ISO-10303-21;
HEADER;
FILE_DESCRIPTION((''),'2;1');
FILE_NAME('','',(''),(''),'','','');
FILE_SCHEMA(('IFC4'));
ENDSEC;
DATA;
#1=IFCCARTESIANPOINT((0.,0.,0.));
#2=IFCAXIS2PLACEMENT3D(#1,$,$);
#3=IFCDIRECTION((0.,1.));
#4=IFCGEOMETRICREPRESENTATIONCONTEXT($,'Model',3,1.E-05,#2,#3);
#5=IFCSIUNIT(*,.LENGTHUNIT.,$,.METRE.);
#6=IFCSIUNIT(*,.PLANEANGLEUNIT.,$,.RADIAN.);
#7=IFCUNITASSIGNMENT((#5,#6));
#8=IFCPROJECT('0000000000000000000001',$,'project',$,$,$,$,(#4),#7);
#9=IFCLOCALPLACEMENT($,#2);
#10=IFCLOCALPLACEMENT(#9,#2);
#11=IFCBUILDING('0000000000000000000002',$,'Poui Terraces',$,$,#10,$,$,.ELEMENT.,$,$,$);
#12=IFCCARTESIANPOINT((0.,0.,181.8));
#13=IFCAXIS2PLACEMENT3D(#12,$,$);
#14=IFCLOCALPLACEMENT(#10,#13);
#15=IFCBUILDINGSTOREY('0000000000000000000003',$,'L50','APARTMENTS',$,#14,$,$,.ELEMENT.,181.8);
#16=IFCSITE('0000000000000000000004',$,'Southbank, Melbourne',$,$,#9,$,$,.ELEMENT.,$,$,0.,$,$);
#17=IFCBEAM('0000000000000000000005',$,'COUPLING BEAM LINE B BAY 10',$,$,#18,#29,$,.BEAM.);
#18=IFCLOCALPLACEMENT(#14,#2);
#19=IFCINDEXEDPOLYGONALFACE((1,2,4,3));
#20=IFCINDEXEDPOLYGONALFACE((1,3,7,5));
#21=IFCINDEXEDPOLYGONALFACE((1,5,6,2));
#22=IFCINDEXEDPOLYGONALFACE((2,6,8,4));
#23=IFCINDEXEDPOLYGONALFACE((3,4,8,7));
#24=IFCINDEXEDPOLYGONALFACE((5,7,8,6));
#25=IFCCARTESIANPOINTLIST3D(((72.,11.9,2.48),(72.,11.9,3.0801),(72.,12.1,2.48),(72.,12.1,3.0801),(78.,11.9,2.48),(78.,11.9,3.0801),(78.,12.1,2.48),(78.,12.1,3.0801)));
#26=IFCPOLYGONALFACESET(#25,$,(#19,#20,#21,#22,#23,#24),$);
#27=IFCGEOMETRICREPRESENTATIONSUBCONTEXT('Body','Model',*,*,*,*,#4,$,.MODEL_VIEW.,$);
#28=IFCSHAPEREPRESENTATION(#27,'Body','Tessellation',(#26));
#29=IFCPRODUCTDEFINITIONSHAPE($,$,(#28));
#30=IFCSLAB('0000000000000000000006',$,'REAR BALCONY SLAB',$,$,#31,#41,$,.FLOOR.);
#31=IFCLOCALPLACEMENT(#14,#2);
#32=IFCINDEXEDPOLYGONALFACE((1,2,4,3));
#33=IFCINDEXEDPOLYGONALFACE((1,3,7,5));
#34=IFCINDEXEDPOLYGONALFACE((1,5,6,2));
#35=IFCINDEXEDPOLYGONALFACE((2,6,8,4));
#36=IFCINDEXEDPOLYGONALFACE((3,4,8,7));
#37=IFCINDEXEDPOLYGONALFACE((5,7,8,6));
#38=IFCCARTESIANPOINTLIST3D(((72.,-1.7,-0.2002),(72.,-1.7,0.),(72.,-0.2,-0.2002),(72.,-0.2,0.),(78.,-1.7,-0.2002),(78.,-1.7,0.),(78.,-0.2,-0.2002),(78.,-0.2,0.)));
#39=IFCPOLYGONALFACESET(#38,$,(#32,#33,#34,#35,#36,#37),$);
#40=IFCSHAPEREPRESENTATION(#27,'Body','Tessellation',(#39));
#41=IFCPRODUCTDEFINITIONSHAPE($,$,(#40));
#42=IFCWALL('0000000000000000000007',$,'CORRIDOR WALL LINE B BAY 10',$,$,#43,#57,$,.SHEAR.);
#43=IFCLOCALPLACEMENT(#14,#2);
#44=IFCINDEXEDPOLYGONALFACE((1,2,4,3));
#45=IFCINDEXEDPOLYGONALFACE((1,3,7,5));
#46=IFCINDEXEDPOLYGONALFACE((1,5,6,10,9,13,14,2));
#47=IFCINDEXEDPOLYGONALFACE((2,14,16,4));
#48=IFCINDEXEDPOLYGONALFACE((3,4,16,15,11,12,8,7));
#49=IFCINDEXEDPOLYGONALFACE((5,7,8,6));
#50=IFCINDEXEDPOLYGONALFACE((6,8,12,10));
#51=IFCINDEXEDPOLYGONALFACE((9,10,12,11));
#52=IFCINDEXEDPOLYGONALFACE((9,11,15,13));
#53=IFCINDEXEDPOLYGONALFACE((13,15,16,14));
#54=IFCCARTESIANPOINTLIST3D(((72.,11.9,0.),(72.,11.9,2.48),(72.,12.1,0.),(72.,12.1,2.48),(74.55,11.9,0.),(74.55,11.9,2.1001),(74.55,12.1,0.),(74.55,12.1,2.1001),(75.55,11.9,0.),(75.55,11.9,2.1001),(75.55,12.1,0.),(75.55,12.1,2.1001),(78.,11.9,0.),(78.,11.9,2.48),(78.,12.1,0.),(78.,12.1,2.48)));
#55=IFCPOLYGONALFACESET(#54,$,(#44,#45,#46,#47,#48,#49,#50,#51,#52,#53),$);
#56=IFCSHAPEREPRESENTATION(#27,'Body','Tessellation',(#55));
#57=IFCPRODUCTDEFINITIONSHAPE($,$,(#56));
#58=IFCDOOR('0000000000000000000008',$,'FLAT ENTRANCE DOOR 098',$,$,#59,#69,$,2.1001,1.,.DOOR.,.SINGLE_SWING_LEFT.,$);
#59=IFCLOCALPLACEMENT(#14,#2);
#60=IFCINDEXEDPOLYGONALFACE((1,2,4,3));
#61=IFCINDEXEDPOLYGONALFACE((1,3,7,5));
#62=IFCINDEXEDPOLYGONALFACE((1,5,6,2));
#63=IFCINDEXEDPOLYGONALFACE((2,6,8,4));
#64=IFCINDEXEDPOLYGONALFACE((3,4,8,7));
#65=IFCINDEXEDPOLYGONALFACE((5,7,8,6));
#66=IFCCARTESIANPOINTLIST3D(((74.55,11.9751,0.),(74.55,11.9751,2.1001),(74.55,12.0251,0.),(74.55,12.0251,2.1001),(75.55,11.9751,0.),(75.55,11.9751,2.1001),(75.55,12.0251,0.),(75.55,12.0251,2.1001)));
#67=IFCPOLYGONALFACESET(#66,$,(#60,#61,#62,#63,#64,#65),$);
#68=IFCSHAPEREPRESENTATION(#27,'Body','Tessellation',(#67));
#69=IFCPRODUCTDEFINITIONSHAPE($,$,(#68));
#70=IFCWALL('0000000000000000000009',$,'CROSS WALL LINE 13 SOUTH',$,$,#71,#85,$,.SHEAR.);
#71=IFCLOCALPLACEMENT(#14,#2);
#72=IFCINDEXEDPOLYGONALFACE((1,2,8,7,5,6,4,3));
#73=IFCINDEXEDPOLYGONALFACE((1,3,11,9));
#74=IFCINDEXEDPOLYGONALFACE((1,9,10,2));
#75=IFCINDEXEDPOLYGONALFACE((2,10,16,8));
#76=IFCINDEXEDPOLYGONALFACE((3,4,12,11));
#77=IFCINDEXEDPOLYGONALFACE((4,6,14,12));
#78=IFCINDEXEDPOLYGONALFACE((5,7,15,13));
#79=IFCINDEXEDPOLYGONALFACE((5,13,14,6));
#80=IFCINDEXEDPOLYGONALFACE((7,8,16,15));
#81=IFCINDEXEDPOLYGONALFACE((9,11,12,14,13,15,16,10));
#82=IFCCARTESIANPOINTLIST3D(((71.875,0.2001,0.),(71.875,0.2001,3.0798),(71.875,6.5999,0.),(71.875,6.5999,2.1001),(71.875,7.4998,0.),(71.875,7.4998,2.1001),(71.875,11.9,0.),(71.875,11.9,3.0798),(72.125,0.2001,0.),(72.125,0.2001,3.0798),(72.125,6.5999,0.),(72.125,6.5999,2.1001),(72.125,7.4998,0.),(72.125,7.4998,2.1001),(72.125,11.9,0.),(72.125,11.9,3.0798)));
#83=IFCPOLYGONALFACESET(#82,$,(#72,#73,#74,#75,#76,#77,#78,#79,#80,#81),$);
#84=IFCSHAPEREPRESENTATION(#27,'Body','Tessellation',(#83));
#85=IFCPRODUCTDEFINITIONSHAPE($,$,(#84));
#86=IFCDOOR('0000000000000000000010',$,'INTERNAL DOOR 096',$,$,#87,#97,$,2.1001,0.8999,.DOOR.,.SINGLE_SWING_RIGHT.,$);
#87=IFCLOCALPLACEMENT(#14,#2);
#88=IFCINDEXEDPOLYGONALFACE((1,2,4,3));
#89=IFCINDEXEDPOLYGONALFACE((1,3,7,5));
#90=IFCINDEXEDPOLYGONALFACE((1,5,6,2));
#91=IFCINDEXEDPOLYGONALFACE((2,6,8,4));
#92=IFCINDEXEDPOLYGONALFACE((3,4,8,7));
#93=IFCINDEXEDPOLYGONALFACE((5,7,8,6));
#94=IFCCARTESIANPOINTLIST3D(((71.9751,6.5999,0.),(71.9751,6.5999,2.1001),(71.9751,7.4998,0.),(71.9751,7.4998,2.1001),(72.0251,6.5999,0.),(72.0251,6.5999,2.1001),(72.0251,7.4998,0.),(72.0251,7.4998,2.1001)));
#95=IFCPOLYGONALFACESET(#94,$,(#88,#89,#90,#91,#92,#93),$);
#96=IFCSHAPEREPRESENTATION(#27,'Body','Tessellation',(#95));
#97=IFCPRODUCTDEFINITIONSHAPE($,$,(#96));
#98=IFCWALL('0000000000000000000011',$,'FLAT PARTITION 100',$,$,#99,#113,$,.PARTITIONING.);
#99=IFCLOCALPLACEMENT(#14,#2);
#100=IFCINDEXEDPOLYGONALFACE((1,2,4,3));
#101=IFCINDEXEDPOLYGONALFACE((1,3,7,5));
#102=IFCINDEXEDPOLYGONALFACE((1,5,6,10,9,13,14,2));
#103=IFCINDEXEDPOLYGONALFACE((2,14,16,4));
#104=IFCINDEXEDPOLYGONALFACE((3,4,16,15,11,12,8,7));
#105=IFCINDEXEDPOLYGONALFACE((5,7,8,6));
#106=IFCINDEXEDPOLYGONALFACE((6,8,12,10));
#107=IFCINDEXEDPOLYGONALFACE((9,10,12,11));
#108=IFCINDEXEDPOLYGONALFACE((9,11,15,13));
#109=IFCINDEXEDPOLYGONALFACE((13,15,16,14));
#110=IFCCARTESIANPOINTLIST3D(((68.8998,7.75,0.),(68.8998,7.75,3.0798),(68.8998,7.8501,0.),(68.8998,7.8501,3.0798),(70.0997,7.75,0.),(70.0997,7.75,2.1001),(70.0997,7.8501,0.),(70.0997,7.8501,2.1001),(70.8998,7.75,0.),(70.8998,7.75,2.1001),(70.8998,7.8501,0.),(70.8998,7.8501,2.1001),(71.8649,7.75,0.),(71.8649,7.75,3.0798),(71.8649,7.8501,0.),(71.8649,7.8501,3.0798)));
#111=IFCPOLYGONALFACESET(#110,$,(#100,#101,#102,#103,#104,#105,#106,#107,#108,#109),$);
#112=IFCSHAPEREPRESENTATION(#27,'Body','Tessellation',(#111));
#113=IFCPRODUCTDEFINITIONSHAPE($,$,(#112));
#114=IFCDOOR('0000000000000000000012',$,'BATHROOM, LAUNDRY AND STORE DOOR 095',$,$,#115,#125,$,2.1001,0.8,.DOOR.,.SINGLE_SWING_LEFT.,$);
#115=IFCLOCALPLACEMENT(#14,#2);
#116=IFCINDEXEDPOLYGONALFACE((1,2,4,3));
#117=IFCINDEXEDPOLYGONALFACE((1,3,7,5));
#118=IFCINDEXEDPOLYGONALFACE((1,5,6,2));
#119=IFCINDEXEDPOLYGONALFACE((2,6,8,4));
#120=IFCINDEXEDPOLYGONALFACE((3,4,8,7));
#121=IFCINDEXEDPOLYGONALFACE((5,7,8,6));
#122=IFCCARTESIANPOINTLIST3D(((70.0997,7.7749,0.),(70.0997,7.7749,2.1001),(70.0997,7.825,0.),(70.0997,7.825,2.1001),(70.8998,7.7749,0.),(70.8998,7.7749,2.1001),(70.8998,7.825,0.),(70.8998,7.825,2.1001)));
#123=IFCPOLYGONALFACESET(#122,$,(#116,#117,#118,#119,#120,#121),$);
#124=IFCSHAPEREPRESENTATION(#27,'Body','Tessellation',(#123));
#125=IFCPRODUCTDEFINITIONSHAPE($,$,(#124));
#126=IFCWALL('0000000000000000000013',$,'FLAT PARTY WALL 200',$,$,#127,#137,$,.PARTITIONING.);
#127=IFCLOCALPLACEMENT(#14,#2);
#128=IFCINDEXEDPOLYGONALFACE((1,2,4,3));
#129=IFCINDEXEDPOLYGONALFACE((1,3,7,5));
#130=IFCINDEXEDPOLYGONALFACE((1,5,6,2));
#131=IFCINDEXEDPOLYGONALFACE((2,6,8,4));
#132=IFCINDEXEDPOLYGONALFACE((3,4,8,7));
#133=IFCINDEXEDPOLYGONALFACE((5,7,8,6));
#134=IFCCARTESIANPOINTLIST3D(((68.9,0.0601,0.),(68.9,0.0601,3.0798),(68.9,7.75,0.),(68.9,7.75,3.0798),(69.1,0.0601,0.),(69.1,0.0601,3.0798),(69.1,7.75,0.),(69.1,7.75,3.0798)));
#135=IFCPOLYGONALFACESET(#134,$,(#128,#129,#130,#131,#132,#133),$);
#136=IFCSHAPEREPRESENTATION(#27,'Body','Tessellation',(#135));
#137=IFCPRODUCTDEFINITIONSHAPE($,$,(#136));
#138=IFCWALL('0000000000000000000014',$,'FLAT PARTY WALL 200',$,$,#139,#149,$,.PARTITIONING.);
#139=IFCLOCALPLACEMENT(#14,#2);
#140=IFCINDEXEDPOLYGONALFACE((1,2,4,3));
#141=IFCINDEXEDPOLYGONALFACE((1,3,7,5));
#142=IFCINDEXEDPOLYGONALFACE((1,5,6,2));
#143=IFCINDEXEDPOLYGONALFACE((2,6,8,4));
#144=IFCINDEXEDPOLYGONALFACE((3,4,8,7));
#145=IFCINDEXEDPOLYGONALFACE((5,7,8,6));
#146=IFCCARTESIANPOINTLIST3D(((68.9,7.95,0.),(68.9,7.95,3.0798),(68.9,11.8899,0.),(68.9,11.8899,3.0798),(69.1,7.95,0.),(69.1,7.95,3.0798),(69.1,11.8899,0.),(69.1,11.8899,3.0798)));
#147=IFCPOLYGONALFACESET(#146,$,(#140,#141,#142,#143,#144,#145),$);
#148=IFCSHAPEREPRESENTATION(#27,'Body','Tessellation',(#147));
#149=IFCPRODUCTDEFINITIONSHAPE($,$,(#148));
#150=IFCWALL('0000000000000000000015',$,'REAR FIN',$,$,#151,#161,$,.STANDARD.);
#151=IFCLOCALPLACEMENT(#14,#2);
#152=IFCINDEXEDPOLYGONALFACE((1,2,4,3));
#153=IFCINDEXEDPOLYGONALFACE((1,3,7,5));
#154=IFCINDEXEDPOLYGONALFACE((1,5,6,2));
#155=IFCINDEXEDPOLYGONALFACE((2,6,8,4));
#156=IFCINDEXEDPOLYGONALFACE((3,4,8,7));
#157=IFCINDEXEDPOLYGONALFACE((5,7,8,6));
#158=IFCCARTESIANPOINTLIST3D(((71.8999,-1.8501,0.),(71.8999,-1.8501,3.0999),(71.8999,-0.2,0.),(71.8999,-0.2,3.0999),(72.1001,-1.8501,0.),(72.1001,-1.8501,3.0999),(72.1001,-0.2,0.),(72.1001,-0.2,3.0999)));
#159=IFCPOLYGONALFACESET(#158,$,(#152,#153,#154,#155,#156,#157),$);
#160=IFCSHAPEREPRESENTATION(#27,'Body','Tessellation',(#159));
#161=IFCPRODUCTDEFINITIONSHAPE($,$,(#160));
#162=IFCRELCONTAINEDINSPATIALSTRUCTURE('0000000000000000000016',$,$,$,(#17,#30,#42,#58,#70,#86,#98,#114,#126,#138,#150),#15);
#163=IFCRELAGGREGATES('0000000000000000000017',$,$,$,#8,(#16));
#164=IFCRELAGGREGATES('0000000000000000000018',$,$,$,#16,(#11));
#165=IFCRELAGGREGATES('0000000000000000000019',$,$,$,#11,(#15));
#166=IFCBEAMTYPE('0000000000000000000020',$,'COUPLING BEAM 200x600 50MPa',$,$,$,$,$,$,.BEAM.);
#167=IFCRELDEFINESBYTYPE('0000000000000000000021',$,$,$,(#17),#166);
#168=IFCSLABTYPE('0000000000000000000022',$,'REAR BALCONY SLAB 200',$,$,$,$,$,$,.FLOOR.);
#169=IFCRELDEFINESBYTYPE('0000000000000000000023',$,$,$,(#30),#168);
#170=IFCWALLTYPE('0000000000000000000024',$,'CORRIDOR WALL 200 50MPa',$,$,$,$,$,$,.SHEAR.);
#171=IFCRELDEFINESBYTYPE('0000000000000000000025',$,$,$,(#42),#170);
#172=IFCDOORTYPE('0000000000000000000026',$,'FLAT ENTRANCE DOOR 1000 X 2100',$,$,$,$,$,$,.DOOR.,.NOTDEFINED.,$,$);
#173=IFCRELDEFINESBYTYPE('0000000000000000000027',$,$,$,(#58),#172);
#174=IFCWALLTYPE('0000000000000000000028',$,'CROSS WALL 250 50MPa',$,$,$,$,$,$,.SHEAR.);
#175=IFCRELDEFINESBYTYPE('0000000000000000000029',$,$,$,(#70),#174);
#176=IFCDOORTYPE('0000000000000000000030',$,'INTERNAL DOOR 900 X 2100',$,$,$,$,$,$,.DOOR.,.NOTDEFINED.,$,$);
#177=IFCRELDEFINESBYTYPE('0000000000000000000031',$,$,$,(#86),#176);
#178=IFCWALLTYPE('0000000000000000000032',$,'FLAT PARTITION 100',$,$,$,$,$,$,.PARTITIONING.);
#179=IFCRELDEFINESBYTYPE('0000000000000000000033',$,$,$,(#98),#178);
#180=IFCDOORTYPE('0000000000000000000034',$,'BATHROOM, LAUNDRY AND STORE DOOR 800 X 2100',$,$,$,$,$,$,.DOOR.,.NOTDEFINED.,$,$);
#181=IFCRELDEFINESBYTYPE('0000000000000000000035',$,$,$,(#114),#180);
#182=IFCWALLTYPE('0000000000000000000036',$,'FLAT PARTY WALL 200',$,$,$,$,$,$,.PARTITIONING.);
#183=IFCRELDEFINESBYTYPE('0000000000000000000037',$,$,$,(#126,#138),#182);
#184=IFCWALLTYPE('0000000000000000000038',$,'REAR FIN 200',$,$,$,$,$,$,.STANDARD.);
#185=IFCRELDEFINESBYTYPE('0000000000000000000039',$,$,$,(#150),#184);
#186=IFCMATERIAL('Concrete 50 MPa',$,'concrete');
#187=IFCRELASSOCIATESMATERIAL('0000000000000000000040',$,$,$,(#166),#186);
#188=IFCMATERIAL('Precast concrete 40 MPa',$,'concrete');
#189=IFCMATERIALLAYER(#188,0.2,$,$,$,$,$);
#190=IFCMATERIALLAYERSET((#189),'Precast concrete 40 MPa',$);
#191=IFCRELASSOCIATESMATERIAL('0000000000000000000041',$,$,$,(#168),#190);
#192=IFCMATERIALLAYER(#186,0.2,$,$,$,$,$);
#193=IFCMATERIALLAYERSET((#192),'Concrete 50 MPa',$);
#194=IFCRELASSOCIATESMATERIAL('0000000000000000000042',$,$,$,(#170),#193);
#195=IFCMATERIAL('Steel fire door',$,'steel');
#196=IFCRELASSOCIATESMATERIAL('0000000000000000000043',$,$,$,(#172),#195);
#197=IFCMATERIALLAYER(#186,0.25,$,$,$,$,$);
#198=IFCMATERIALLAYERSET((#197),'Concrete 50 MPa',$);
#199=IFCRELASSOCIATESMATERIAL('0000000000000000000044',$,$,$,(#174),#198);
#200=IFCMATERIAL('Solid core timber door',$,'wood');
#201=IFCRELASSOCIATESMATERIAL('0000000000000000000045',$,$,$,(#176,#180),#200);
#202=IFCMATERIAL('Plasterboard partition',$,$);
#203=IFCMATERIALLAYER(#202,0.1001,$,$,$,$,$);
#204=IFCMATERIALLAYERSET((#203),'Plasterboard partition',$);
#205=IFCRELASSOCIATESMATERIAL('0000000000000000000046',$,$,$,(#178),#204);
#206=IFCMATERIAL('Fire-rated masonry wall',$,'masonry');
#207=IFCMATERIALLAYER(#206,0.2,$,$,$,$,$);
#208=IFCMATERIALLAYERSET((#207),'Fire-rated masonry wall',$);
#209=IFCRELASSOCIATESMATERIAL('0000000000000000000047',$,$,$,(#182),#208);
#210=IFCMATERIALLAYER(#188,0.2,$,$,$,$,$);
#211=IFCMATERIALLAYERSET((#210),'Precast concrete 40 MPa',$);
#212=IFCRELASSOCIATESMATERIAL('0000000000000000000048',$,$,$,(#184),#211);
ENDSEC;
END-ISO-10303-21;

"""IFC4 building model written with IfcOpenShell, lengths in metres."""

from ifc_helpers import new_model, si_unit, direction, frame, frame_2d, origin, origin_2d, place, context, subcontext, project, spatial, polyline, rectangle, outline, extrude, source, transform, mapped, material, layer, layer_set, material_profile, profile_set, type_object, element, fill, save


model = new_model("IFC4")

# Units and contexts
model_context = context("Model", 3, precision=1e-05, world=origin(), true_north=direction((0.0, 1.0)))
body_context = subcontext(model_context, "Body", "Model", "MODEL_VIEW")
ifc_project = project(units=[si_unit("LENGTHUNIT", "METRE"), si_unit("PLANEANGLEUNIT", "RADIAN")], contexts=[model_context])

# Site, building, storey
site_placement = place(None, origin())
site = spatial("IfcSite", under=ifc_project, at=site_placement, Name="Southbank, Melbourne", CompositionType="ELEMENT", RefElevation=0.0)
building_placement = place(site_placement, origin())
building = spatial("IfcBuilding", under=site, at=building_placement, Name="Poui Terraces", CompositionType="ELEMENT")
storey_placement = place(building_placement, frame((0.0, 0.0, 181.8)))
storey = spatial("IfcBuildingStorey", under=building, at=storey_placement, Name="L50", Description="APARTMENTS", CompositionType="ELEMENT", Elevation=181.8)

# Beam
ifc_material_1 = material(Name="Concrete 50 MPa", Category="concrete")
ifc_material_profile = material_profile(ifc_material_1, rectangle(XDim=0.2, YDim=0.6001, at=origin_2d()), Name="RC 200x600")
ifc_profile_set = profile_set([ifc_material_profile], Name="Concrete 50 MPa")
beam_type = type_object("IfcBeamType", Name="COUPLING BEAM 200x600 50MPa", PredefinedType="BEAM", material=ifc_profile_set)
shared_shape_1 = source(origin(), body_context, "Body", "SweptSolid", [
    extrude(rectangle(XDim=0.2, YDim=0.6001, at=origin_2d()), origin(), (0.0, 0.0, 1.0), 6.0),
])
beam_placement = place(storey_placement, frame((72.0, 12.0, 2.78), z_axis=(1.0, 0.0, 0.0), x_axis=(0.0, 1.0, 0.0)))
element("IfcBeam", 1, at=beam_placement, inside=storey, type_object=beam_type, Name="COUPLING BEAM LINE B BAY 10", PredefinedType="BEAM", context=body_context, shape_type="MappedRepresentation", body=[
    mapped(shared_shape_1, transform((0.0, 0.0, 0.0))),
])

# Slab
ifc_material_2 = material(Name="Precast concrete 40 MPa", Category="concrete")
ifc_layer_1 = layer(ifc_material_2, 0.2)
ifc_layer_set_1 = layer_set([ifc_layer_1], Name="Precast concrete 40 MPa")
slab_type = type_object("IfcSlabType", Name="REAR BALCONY SLAB 200", PredefinedType="FLOOR", material=ifc_layer_set_1)
shared_shape_2 = source(origin(), body_context, "Body", "SweptSolid", [
    extrude(outline(polyline([(0.0, 0.0), (6.0, 0.0), (6.0, 1.5), (0.0, 1.5), (0.0, 0.0)])), origin(), (0.0, 0.0, 1.0), 0.2002),
])
slab_placement = place(storey_placement, frame((72.0, -1.7, -0.2002)))
element("IfcSlab", 2, at=slab_placement, inside=storey, type_object=slab_type, Name="REAR BALCONY SLAB", PredefinedType="FLOOR", context=body_context, shape_type="MappedRepresentation", body=[
    mapped(shared_shape_2, transform((0.0, 0.0, 0.0))),
])

# Walls, openings, doors
ifc_layer_2 = layer(ifc_material_1, 0.2)
ifc_layer_set_2 = layer_set([ifc_layer_2], Name="Concrete 50 MPa")
wall_type_1 = type_object("IfcWallType", Name="CORRIDOR WALL 200 50MPa", PredefinedType="SHEAR", material=ifc_layer_set_2)
wall_1_placement = place(storey_placement, frame((72.0, 12.0, 0.0), z_axis=(0.0, 0.0, 1.0), x_axis=(1.0, 0.0, 0.0)))
wall_1 = element("IfcWall", 3, at=wall_1_placement, inside=storey, type_object=wall_type_1, Name="CORRIDOR WALL LINE B BAY 10", PredefinedType="SHEAR", context=body_context, shape_type="SweptSolid", body=[
    extrude(rectangle(XDim=6.0, YDim=0.2, at=frame_2d((3.0, 0.0))), origin(), (0.0, 0.0, 1.0), 2.48),
])
opening_1_placement = place(wall_1_placement, frame((2.55, 0.0, 0.0)))
opening_1 = element("IfcOpeningElement", 4, at=opening_1_placement, cuts=wall_1, PredefinedType="OPENING", context=body_context, shape_type="SweptSolid", body=[
    extrude(rectangle(XDim=1.0, YDim=2.1001, at=frame_2d((0.5, 1.05))), frame((0.0, 0.1099, 0.0), z_axis=(0.0, -1.0, 0.0), x_axis=(1.0, 0.0, 0.0)), (0.0, 0.0, 1.0), 0.22),
])
ifc_material_3 = material(Name="Steel fire door", Category="steel")
door_type_1 = type_object("IfcDoorType", Name="FLAT ENTRANCE DOOR 1000 X 2100", OperationType="NOTDEFINED", PredefinedType="DOOR", material=ifc_material_3)
door_1_placement = place(opening_1_placement, frame((1.0, 0.0, 0.0), z_axis=(0.0, 0.0, 1.0), x_axis=(-1.0, 0.0, 0.0)))
door_1 = element("IfcDoor", 5, at=door_1_placement, inside=storey, type_object=door_type_1, Name="FLAT ENTRANCE DOOR 098", OperationType="SINGLE_SWING_LEFT", OverallHeight=2.1001, OverallWidth=1.0, PredefinedType="DOOR", context=body_context, shape_type="SweptSolid", body=[
    extrude(rectangle(XDim=1.0, YDim=2.1001, at=frame_2d((0.5, 1.05))), frame((0.0, 0.0249, 0.0), z_axis=(0.0, -1.0, 0.0), x_axis=(1.0, 0.0, 0.0)), (0.0, 0.0, 1.0), 0.05),
])
fill(opening_1, door_1)
ifc_layer_3 = layer(ifc_material_1, 0.25)
ifc_layer_set_3 = layer_set([ifc_layer_3], Name="Concrete 50 MPa")
wall_type_2 = type_object("IfcWallType", Name="CROSS WALL 250 50MPa", PredefinedType="SHEAR", material=ifc_layer_set_3)
wall_2_placement = place(storey_placement, frame((72.0, 0.2, 0.0), z_axis=(0.0, 0.0, 1.0), x_axis=(0.0, 1.0, 0.0)))
wall_2 = element("IfcWall", 6, at=wall_2_placement, inside=storey, type_object=wall_type_2, Name="CROSS WALL LINE 13 SOUTH", PredefinedType="SHEAR", context=body_context, shape_type="SweptSolid", body=[
    extrude(rectangle(XDim=11.7, YDim=0.25, at=frame_2d((5.8501, 0.0))), origin(), (0.0, 0.0, 1.0), 3.0798),
])
opening_2_placement = place(wall_2_placement, frame((6.3999, 0.0, 0.0)))
opening_2 = element("IfcOpeningElement", 7, at=opening_2_placement, cuts=wall_2, PredefinedType="OPENING", context=body_context, shape_type="SweptSolid", body=[
    extrude(rectangle(XDim=0.8999, YDim=2.1001, at=frame_2d((0.45, 1.05))), frame((0.0, 0.135, 0.0), z_axis=(0.0, -1.0, 0.0), x_axis=(1.0, 0.0, 0.0)), (0.0, 0.0, 1.0), 0.27),
])
ifc_material_4 = material(Name="Solid core timber door", Category="wood")
door_type_2 = type_object("IfcDoorType", Name="INTERNAL DOOR 900 X 2100", OperationType="NOTDEFINED", PredefinedType="DOOR", material=ifc_material_4)
door_2_placement = place(opening_2_placement, origin())
door_2 = element("IfcDoor", 8, at=door_2_placement, inside=storey, type_object=door_type_2, Name="INTERNAL DOOR 096", OperationType="SINGLE_SWING_RIGHT", OverallHeight=2.1001, OverallWidth=0.8999, PredefinedType="DOOR", context=body_context, shape_type="SweptSolid", body=[
    extrude(rectangle(XDim=0.8999, YDim=2.1001, at=frame_2d((0.45, 1.05))), frame((0.0, 0.0249, 0.0), z_axis=(0.0, -1.0, 0.0), x_axis=(1.0, 0.0, 0.0)), (0.0, 0.0, 1.0), 0.05),
])
fill(opening_2, door_2)
ifc_material_5 = material(Name="Plasterboard partition")
ifc_layer_4 = layer(ifc_material_5, 0.1001)
ifc_layer_set_4 = layer_set([ifc_layer_4], Name="Plasterboard partition")
wall_type_3 = type_object("IfcWallType", Name="FLAT PARTITION 100", PredefinedType="PARTITIONING", material=ifc_layer_set_4)
wall_3_placement = place(storey_placement, frame((68.8999, 7.8, 0.0), z_axis=(0.0, 0.0, 1.0), x_axis=(1.0, 0.0, 0.0)))
wall_3 = element("IfcWall", 9, at=wall_3_placement, inside=storey, type_object=wall_type_3, Name="FLAT PARTITION 100", PredefinedType="PARTITIONING", context=body_context, shape_type="SweptSolid", body=[
    extrude(rectangle(XDim=2.9651, YDim=0.1001, at=frame_2d((1.4824, 0.0))), origin(), (0.0, 0.0, 1.0), 3.0798),
])
opening_3_placement = place(wall_3_placement, frame((1.2, 0.0, 0.0)))
opening_3 = element("IfcOpeningElement", 10, at=opening_3_placement, cuts=wall_3, PredefinedType="OPENING", context=body_context, shape_type="SweptSolid", body=[
    extrude(rectangle(XDim=0.8, YDim=2.1001, at=frame_2d((0.3999, 1.05))), frame((0.0, 0.0601, 0.0), z_axis=(0.0, -1.0, 0.0), x_axis=(1.0, 0.0, 0.0)), (0.0, 0.0, 1.0), 0.1201),
])
door_type_3 = type_object("IfcDoorType", Name="BATHROOM, LAUNDRY AND STORE DOOR 800 X 2100", OperationType="NOTDEFINED", PredefinedType="DOOR", material=ifc_material_4)
door_3_placement = place(opening_3_placement, origin())
door_3 = element("IfcDoor", 11, at=door_3_placement, inside=storey, type_object=door_type_3, Name="BATHROOM, LAUNDRY AND STORE DOOR 095", OperationType="SINGLE_SWING_LEFT", OverallHeight=2.1001, OverallWidth=0.8, PredefinedType="DOOR", context=body_context, shape_type="SweptSolid", body=[
    extrude(rectangle(XDim=0.8, YDim=2.1001, at=frame_2d((0.3999, 1.05))), frame((0.0, 0.0249, 0.0), z_axis=(0.0, -1.0, 0.0), x_axis=(1.0, 0.0, 0.0)), (0.0, 0.0, 1.0), 0.05),
])
fill(opening_3, door_3)

# Walls
ifc_material_6 = material(Name="Fire-rated masonry wall", Category="masonry")
ifc_layer_5 = layer(ifc_material_6, 0.2)
ifc_layer_set_5 = layer_set([ifc_layer_5], Name="Fire-rated masonry wall")
wall_type_4 = type_object("IfcWallType", Name="FLAT PARTY WALL 200", PredefinedType="PARTITIONING", material=ifc_layer_set_5)
wall_4_placement = place(storey_placement, frame((69.0, 0.0601, 0.0), z_axis=(0.0, 0.0, 1.0), x_axis=(0.0, 1.0, 0.0)))
element("IfcWall", 12, at=wall_4_placement, inside=storey, type_object=wall_type_4, Name="FLAT PARTY WALL 200", PredefinedType="PARTITIONING", context=body_context, shape_type="SweptSolid", body=[
    extrude(rectangle(XDim=7.6899, YDim=0.2, at=frame_2d((3.845, 0.0))), origin(), (0.0, 0.0, 1.0), 3.0798),
])
wall_5_placement = place(storey_placement, frame((69.0, 7.95, 0.0), z_axis=(0.0, 0.0, 1.0), x_axis=(0.0, 1.0, 0.0)))
element("IfcWall", 13, at=wall_5_placement, inside=storey, type_object=wall_type_4, Name="FLAT PARTY WALL 200", PredefinedType="PARTITIONING", context=body_context, shape_type="SweptSolid", body=[
    extrude(rectangle(XDim=3.9399, YDim=0.2, at=frame_2d((1.97, 0.0))), origin(), (0.0, 0.0, 1.0), 3.0798),
])
ifc_layer_6 = layer(ifc_material_2, 0.2)
ifc_layer_set_6 = layer_set([ifc_layer_6], Name="Precast concrete 40 MPa")
wall_type_5 = type_object("IfcWallType", Name="REAR FIN 200", PredefinedType="STANDARD", material=ifc_layer_set_6)
shared_shape_3 = source(origin(), body_context, "Body", "SweptSolid", [
    extrude(outline(polyline([(0.0, 0.0), (0.2002, 0.0), (0.2002, 1.6501), (0.0, 1.6501), (0.0, 0.0)])), origin(), (0.0, 0.0, 1.0), 3.0999),
])
wall_6_placement = place(storey_placement, frame((71.8999, -1.8501, 0.0)))
element("IfcWall", 14, at=wall_6_placement, inside=storey, type_object=wall_type_5, Name="REAR FIN", PredefinedType="STANDARD", context=body_context, shape_type="MappedRepresentation", body=[
    mapped(shared_shape_3, transform((0.0, 0.0, 0.0))),
])

save(model, "model.ifc")
